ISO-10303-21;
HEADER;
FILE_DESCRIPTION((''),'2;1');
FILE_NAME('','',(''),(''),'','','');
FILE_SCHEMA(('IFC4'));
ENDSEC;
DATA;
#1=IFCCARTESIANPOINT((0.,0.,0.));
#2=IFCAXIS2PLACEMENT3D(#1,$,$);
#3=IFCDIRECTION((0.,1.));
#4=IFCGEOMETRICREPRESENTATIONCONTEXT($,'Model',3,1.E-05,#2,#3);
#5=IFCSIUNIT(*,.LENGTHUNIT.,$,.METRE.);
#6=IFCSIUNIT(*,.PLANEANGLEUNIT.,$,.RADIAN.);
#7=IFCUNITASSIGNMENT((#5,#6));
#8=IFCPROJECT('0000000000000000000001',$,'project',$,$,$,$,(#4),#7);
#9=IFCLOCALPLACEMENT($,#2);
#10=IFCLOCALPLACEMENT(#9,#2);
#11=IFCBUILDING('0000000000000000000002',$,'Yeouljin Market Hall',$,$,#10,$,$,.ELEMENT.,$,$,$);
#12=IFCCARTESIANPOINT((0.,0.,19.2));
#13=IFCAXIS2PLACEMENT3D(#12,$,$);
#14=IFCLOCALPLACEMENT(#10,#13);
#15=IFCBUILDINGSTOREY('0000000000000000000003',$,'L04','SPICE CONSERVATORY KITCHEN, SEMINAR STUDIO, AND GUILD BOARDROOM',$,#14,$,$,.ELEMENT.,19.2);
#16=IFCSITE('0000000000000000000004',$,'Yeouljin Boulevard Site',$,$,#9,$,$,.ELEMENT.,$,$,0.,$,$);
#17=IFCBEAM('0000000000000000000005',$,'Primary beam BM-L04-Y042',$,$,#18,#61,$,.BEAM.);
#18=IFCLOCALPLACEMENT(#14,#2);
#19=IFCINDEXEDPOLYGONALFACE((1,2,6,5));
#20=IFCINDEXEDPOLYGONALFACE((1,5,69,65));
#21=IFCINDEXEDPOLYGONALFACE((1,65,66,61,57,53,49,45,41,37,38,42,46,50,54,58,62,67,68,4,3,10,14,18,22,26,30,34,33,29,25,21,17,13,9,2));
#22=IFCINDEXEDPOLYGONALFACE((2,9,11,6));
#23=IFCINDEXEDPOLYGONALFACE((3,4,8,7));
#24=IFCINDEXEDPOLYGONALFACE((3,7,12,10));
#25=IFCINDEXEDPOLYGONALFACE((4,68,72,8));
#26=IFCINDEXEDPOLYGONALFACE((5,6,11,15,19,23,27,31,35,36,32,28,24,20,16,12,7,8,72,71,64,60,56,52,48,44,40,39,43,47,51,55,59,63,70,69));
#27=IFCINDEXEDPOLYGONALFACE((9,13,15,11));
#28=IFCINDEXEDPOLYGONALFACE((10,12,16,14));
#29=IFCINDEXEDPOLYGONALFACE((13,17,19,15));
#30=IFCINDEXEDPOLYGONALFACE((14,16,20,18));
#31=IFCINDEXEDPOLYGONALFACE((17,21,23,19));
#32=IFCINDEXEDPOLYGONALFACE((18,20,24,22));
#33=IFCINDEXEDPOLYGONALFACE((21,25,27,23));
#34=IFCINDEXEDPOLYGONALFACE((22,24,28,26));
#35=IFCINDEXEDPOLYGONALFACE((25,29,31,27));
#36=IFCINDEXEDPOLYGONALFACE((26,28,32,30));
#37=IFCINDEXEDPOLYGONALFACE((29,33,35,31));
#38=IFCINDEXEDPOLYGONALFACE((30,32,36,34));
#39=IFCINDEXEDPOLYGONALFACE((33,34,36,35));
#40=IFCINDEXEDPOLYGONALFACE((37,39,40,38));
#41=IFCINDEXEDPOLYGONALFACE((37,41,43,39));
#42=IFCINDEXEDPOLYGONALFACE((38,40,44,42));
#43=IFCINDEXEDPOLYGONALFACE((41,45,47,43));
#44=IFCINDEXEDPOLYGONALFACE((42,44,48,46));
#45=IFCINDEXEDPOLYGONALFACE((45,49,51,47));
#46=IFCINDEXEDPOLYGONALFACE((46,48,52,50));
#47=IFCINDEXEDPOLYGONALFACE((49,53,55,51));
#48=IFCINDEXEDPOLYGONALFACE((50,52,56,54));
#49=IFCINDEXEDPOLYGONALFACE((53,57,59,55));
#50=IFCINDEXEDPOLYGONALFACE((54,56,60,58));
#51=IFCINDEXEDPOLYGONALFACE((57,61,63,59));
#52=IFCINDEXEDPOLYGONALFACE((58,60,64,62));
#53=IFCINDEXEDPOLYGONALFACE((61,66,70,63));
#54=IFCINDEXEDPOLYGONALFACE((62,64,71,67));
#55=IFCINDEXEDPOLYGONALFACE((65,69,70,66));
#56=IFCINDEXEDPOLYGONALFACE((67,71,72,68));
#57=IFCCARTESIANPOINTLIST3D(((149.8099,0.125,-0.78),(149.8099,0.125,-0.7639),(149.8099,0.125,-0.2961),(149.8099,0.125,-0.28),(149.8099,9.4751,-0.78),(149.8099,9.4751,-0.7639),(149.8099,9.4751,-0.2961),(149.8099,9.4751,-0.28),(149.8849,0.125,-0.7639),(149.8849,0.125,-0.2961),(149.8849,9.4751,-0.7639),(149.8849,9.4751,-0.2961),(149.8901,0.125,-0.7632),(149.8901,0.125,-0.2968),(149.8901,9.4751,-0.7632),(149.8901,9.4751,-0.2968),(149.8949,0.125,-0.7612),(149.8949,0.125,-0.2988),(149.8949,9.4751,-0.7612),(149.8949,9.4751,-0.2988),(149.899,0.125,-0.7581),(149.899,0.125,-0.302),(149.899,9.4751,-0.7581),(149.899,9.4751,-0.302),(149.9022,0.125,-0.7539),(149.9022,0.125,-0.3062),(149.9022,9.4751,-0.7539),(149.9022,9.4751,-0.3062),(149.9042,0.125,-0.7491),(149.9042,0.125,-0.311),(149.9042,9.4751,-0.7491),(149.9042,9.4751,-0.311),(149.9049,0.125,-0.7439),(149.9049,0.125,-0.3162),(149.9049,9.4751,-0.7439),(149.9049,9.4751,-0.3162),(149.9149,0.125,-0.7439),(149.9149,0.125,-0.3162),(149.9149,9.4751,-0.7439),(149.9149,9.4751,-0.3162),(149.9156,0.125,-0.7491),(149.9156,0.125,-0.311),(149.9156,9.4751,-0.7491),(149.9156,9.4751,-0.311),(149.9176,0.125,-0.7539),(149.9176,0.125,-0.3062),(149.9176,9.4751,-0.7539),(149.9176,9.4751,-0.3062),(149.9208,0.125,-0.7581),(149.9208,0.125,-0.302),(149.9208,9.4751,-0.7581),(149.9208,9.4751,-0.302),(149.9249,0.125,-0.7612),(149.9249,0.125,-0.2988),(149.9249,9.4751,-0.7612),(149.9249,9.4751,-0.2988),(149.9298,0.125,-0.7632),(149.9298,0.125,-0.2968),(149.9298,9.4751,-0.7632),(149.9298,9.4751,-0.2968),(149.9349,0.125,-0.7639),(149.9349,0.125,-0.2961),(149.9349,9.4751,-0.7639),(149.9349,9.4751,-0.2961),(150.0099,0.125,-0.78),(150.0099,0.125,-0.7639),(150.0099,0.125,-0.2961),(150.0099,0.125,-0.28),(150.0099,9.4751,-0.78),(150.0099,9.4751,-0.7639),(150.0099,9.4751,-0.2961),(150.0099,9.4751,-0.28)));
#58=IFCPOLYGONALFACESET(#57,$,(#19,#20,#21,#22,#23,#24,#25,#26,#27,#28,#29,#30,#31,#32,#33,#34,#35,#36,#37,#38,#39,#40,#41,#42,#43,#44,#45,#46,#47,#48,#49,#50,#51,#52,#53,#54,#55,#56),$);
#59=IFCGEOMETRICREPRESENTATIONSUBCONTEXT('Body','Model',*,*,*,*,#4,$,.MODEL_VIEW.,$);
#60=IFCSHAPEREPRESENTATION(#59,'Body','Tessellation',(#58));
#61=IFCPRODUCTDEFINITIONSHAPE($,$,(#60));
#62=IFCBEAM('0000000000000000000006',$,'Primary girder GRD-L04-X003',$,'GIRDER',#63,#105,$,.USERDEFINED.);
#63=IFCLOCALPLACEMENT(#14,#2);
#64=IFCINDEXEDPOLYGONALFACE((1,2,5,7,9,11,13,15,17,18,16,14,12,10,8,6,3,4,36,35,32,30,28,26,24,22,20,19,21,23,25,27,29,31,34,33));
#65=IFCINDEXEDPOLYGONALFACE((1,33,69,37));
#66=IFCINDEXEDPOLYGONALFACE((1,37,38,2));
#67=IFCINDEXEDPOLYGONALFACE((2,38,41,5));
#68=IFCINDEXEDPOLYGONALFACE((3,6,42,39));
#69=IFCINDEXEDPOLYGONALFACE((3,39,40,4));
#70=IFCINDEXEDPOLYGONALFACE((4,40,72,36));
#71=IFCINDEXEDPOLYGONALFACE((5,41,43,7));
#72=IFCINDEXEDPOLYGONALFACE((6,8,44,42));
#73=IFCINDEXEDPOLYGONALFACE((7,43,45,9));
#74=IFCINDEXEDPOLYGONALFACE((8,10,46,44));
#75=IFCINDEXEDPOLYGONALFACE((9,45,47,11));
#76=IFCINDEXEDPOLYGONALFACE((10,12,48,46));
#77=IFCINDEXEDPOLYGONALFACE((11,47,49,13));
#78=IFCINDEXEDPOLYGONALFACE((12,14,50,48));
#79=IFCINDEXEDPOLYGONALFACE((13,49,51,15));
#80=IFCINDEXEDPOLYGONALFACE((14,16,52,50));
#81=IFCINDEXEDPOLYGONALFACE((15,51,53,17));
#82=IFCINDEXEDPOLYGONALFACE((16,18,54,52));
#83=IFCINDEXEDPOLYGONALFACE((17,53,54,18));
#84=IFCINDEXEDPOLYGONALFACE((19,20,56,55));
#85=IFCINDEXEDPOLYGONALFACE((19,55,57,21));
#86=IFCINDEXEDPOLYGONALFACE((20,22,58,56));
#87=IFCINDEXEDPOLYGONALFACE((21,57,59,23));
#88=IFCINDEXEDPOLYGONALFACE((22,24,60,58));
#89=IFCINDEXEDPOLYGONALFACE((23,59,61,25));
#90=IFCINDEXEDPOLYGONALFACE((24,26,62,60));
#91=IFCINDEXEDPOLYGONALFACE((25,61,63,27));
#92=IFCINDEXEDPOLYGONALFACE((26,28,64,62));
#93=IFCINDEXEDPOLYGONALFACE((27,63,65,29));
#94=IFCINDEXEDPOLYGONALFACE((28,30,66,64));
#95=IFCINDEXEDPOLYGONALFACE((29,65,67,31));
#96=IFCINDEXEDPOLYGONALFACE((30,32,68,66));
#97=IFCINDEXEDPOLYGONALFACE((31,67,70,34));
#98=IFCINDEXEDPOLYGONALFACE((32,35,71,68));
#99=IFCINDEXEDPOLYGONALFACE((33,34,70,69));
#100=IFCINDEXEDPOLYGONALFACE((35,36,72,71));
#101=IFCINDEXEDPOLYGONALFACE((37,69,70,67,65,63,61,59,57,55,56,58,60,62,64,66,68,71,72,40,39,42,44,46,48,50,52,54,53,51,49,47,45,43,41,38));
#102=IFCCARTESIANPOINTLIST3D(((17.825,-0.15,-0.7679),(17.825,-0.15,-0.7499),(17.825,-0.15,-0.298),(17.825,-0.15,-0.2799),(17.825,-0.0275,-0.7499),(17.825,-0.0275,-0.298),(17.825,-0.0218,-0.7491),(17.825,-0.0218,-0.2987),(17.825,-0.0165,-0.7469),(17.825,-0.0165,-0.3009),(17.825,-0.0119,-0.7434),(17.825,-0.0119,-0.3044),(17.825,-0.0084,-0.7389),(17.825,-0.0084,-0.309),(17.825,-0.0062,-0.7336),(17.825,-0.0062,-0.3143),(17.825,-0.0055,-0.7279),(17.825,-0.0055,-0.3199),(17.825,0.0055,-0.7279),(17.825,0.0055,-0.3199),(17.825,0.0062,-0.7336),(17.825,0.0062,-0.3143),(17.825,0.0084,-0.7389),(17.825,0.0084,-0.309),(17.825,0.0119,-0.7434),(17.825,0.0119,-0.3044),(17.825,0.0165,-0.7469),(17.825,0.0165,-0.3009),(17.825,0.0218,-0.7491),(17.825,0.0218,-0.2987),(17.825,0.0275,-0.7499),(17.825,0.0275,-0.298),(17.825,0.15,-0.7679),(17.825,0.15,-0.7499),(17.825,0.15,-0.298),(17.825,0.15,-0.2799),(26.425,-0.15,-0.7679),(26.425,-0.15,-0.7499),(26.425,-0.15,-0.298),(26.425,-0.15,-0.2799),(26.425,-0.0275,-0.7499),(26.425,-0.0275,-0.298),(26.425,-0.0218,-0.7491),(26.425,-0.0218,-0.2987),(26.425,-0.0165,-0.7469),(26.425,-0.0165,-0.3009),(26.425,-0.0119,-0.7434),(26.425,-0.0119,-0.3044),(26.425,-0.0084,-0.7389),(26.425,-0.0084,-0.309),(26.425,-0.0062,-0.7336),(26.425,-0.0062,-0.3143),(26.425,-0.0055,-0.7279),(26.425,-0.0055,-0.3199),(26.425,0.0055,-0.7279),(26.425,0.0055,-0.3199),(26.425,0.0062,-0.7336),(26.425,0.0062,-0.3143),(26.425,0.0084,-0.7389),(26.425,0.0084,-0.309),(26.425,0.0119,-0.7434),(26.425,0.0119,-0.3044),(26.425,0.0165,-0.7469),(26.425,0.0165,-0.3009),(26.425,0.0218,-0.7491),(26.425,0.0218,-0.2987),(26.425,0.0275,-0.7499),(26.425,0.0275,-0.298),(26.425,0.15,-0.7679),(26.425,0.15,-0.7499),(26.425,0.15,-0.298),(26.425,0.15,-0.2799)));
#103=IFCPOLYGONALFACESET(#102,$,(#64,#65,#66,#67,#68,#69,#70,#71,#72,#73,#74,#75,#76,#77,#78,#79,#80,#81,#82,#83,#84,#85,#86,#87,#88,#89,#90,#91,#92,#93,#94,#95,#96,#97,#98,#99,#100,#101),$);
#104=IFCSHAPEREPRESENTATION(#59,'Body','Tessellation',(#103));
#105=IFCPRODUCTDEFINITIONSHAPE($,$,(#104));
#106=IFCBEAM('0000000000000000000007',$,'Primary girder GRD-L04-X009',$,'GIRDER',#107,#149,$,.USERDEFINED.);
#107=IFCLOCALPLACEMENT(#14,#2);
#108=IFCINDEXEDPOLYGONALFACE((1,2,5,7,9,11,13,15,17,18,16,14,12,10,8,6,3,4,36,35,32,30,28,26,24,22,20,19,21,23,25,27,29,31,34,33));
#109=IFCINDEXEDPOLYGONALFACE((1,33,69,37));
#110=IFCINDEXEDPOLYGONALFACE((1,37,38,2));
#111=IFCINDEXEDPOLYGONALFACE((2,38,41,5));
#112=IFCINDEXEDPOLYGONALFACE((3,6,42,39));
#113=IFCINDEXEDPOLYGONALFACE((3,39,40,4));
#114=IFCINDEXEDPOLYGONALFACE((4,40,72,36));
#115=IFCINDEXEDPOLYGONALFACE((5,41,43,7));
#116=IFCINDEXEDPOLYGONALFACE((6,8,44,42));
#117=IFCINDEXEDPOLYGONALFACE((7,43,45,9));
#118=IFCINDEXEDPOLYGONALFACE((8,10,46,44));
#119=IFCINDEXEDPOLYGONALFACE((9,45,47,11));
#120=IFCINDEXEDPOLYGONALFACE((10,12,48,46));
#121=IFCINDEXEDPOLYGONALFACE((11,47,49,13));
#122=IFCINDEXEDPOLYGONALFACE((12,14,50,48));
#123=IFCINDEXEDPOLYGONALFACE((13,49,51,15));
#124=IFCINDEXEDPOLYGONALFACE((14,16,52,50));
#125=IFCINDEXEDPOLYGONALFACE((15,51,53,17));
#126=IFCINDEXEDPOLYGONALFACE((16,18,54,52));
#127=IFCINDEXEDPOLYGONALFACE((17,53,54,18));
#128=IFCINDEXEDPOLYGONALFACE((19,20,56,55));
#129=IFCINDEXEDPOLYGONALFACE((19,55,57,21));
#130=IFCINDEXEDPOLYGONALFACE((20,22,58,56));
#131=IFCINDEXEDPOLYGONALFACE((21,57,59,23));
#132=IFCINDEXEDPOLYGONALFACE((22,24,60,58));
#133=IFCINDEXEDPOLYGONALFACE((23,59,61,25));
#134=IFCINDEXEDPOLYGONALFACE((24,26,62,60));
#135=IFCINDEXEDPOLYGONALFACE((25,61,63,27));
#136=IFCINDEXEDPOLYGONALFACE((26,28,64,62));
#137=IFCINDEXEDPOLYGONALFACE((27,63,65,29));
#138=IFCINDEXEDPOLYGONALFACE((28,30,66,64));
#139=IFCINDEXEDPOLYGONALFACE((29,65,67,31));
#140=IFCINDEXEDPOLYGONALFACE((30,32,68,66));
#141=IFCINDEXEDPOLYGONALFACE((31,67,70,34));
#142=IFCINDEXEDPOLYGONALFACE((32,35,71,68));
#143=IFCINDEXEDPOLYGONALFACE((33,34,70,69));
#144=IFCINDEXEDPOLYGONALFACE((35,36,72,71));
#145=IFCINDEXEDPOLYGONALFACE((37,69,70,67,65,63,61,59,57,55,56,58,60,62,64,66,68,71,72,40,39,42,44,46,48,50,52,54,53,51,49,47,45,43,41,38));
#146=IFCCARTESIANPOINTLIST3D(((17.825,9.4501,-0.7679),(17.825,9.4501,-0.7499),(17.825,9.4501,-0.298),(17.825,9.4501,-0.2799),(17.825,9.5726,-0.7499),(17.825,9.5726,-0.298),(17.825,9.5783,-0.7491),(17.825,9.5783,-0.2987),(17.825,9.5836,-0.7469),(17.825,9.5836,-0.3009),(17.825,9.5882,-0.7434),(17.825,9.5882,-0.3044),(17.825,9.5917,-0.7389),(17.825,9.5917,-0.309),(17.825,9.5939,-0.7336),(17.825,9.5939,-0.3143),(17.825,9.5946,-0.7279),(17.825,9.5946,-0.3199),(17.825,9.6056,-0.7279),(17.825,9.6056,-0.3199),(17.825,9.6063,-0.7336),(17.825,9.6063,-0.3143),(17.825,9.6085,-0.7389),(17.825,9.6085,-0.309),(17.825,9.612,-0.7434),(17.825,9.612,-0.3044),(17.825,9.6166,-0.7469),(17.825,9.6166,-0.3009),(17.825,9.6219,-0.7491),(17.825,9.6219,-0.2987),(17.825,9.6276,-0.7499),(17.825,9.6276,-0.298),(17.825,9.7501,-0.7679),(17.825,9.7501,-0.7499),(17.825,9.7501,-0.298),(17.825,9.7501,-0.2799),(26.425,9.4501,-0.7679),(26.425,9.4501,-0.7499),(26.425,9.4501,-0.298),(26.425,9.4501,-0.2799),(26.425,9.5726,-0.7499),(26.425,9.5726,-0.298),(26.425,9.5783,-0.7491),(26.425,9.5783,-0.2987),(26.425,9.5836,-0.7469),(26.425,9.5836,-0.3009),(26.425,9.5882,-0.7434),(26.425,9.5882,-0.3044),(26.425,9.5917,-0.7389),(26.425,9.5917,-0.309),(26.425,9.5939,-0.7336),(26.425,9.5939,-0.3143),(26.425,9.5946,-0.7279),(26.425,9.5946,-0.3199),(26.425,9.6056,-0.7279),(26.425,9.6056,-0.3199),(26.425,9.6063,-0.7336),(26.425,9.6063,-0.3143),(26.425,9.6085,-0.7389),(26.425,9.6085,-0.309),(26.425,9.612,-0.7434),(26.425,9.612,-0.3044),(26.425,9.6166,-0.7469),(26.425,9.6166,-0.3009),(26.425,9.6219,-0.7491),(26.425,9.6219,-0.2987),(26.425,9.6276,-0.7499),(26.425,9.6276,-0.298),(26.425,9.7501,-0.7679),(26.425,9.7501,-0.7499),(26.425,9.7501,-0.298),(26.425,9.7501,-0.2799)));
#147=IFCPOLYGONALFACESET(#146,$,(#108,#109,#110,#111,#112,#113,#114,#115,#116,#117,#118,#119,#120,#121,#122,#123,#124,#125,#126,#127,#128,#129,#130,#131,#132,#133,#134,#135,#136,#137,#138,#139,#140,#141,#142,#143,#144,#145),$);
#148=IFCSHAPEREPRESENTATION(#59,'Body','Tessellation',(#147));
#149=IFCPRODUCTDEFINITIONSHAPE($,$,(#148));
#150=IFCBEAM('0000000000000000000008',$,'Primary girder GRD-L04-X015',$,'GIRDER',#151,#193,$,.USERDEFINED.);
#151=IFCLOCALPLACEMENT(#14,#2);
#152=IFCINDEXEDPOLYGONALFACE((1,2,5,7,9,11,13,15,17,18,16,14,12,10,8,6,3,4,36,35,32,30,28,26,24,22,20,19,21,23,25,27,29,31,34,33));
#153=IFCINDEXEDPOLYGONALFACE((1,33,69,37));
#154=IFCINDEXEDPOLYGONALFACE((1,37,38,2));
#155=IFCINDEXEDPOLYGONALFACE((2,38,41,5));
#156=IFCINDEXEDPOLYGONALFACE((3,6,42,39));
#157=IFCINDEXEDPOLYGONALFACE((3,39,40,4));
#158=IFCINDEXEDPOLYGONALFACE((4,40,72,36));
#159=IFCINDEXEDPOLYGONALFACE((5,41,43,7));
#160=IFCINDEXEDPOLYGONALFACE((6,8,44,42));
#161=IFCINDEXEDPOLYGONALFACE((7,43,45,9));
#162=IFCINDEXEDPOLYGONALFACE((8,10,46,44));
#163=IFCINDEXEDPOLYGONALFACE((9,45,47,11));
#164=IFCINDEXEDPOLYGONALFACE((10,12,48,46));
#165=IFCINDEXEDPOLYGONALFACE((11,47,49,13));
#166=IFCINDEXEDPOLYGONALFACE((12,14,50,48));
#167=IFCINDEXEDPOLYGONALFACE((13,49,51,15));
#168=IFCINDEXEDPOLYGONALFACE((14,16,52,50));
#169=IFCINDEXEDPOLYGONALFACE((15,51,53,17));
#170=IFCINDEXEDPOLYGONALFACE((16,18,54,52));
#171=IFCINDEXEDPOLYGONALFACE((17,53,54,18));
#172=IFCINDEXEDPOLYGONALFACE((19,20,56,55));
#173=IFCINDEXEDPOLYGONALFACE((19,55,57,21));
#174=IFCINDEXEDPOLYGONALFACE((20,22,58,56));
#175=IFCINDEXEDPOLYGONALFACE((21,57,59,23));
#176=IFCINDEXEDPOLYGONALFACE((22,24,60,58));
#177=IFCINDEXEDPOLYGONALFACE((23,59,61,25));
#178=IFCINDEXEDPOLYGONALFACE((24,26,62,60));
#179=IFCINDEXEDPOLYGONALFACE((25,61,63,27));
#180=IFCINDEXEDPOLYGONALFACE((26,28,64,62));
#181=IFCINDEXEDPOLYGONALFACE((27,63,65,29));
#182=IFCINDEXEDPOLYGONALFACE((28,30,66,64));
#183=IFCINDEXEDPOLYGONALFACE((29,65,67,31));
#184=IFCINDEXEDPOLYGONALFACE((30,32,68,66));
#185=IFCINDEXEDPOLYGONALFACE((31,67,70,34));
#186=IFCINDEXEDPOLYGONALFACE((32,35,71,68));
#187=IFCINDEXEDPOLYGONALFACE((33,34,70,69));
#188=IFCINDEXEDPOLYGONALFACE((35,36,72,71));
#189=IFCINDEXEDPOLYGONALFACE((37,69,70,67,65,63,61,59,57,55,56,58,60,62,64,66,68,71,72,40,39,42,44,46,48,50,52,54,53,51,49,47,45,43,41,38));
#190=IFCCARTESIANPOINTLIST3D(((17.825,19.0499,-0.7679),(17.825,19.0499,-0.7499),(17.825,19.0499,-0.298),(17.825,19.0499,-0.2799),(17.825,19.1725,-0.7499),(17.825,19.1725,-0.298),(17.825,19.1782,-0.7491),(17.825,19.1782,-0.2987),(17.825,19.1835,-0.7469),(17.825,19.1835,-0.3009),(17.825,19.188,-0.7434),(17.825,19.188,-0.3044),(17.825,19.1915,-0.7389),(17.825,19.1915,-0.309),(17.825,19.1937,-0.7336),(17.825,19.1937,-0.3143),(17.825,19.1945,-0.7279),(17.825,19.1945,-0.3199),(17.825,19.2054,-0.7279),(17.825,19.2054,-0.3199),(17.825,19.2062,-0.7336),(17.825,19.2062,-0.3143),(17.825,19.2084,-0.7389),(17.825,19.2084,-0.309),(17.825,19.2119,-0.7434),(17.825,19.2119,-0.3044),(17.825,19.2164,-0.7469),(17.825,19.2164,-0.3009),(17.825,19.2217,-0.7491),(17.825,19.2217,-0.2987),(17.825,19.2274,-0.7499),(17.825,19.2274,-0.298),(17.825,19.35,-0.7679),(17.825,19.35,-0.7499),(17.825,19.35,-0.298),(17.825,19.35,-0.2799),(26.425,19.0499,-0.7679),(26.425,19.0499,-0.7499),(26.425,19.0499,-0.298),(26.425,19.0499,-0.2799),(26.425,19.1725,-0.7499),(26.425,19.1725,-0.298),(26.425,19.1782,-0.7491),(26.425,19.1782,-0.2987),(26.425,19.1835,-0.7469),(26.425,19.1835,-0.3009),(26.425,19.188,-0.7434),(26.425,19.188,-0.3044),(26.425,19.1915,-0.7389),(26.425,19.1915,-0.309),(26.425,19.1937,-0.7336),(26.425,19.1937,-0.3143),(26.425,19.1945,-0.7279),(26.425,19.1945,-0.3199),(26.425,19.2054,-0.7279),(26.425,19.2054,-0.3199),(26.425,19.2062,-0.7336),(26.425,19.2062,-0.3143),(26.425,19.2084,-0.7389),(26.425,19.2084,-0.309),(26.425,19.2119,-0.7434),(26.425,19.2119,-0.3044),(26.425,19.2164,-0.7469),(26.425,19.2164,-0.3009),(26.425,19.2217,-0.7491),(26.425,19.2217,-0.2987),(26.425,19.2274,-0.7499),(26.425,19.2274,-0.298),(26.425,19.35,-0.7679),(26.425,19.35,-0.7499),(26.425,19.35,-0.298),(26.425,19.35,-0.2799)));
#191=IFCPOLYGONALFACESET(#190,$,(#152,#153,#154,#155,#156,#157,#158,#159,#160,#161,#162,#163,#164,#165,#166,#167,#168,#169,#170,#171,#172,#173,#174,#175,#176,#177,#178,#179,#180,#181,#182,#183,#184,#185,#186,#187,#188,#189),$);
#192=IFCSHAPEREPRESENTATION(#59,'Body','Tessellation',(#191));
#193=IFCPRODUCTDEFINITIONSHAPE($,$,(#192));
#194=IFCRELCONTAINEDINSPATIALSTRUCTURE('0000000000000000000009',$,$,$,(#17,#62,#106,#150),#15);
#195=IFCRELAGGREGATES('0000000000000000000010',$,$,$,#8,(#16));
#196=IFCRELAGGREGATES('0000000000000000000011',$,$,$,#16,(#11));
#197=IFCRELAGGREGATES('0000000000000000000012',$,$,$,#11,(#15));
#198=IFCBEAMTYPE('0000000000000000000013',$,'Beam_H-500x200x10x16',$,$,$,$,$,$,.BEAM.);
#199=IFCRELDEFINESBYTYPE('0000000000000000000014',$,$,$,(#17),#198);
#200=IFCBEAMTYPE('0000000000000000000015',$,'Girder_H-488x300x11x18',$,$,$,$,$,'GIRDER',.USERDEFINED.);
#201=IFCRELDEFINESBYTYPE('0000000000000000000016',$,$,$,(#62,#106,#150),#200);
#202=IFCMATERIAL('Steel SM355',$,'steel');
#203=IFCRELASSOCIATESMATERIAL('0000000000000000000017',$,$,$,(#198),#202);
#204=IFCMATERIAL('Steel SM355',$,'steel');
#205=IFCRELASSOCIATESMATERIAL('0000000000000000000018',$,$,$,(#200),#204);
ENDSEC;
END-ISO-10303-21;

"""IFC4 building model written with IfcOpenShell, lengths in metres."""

from ifc_helpers import new_model, si_unit, direction, frame, origin, origin_2d, place, context, subcontext, project, spatial, i_section, extrude, material, material_profile, profile_set, type_object, element, save


model = new_model("IFC4")

# Units and contexts
model_context = context("Model", 3, precision=1e-05, world=origin(), true_north=direction((0.0, 1.0)))
body_context = subcontext(model_context, "Body", "Model", "MODEL_VIEW")
ifc_project = project(units=[si_unit("LENGTHUNIT", "METRE"), si_unit("PLANEANGLEUNIT", "RADIAN")], contexts=[model_context])

# Site, building, storey
site_placement = place(None, origin())
site = spatial("IfcSite", under=ifc_project, at=site_placement, Name="Yeouljin Boulevard Site", CompositionType="ELEMENT", RefElevation=0.0)
building_placement = place(site_placement, origin())
building = spatial("IfcBuilding", under=site, at=building_placement, Name="Yeouljin Market Hall", CompositionType="ELEMENT")
storey_placement = place(building_placement, frame((0.0, 0.0, 19.2)))
storey = spatial("IfcBuildingStorey", under=building, at=storey_placement, Name="L04", Description="SPICE CONSERVATORY KITCHEN, SEMINAR STUDIO, AND GUILD BOARDROOM", CompositionType="ELEMENT", Elevation=19.2)

# Beams
ifc_material_1 = material(Name="Steel SM355", Category="steel")
ifc_material_profile_1 = material_profile(ifc_material_1, i_section(OverallWidth=0.2, OverallDepth=0.5, WebThickness=0.01, FlangeThickness=0.0161, FilletRadius=0.02, at=origin_2d()), Name="H-500x200x10x16")
ifc_profile_set_1 = profile_set([ifc_material_profile_1], Name="Steel SM355")
beam_type_1 = type_object("IfcBeamType", Name="Beam_H-500x200x10x16", PredefinedType="BEAM", material=ifc_profile_set_1)
for number, where, z_axis, x_axis, name in (
    (1, (149.9099, 0.125, -0.53), (0.0, 1.0, 0.0), (-1.0, 0.0, 0.0), "Primary beam BM-L04-Y042"),
):
    element("IfcBeam", number, at=place(storey_placement, frame(where, z_axis=z_axis, x_axis=x_axis)), inside=storey, type_object=beam_type_1, Name=name, PredefinedType="BEAM", context=body_context, shape_type="SweptSolid", body=[
        extrude(i_section(OverallWidth=0.2, OverallDepth=0.5, WebThickness=0.01, FlangeThickness=0.0161, FilletRadius=0.02, at=origin_2d()), origin(), (0.0, 0.0, 1.0), 9.3501),
    ])
ifc_material_2 = material(Name="Steel SM355", Category="steel")
ifc_material_profile_2 = material_profile(ifc_material_2, i_section(OverallWidth=0.3, OverallDepth=0.488, WebThickness=0.011, FlangeThickness=0.0181, FilletRadius=0.022, at=origin_2d()), Name="H-488x300x11x18")
ifc_profile_set_2 = profile_set([ifc_material_profile_2], Name="Steel SM355")
beam_type_2 = type_object("IfcBeamType", Name="Girder_H-488x300x11x18", ElementType="GIRDER", PredefinedType="USERDEFINED", material=ifc_profile_set_2)
for number, where, z_axis, x_axis, name in (
    (2, (17.825, 0.0, -0.5239), (1.0, 0.0, 0.0), (0.0, 1.0, 0.0), "Primary girder GRD-L04-X003"),
    (3, (17.825, 9.6001, -0.5239), (1.0, 0.0, 0.0), (0.0, 1.0, 0.0), "Primary girder GRD-L04-X009"),
    (4, (17.825, 19.2, -0.5239), (1.0, 0.0, 0.0), (0.0, 1.0, 0.0), "Primary girder GRD-L04-X015"),
):
    element("IfcBeam", number, at=place(storey_placement, frame(where, z_axis=z_axis, x_axis=x_axis)), inside=storey, type_object=beam_type_2, Name=name, ObjectType="GIRDER", PredefinedType="USERDEFINED", context=body_context, shape_type="SweptSolid", body=[
        extrude(i_section(OverallWidth=0.3, OverallDepth=0.488, WebThickness=0.011, FlangeThickness=0.0181, FilletRadius=0.022, at=origin_2d()), origin(), (0.0, 0.0, 1.0), 8.6001),
    ])

save(model, "model.ifc")
